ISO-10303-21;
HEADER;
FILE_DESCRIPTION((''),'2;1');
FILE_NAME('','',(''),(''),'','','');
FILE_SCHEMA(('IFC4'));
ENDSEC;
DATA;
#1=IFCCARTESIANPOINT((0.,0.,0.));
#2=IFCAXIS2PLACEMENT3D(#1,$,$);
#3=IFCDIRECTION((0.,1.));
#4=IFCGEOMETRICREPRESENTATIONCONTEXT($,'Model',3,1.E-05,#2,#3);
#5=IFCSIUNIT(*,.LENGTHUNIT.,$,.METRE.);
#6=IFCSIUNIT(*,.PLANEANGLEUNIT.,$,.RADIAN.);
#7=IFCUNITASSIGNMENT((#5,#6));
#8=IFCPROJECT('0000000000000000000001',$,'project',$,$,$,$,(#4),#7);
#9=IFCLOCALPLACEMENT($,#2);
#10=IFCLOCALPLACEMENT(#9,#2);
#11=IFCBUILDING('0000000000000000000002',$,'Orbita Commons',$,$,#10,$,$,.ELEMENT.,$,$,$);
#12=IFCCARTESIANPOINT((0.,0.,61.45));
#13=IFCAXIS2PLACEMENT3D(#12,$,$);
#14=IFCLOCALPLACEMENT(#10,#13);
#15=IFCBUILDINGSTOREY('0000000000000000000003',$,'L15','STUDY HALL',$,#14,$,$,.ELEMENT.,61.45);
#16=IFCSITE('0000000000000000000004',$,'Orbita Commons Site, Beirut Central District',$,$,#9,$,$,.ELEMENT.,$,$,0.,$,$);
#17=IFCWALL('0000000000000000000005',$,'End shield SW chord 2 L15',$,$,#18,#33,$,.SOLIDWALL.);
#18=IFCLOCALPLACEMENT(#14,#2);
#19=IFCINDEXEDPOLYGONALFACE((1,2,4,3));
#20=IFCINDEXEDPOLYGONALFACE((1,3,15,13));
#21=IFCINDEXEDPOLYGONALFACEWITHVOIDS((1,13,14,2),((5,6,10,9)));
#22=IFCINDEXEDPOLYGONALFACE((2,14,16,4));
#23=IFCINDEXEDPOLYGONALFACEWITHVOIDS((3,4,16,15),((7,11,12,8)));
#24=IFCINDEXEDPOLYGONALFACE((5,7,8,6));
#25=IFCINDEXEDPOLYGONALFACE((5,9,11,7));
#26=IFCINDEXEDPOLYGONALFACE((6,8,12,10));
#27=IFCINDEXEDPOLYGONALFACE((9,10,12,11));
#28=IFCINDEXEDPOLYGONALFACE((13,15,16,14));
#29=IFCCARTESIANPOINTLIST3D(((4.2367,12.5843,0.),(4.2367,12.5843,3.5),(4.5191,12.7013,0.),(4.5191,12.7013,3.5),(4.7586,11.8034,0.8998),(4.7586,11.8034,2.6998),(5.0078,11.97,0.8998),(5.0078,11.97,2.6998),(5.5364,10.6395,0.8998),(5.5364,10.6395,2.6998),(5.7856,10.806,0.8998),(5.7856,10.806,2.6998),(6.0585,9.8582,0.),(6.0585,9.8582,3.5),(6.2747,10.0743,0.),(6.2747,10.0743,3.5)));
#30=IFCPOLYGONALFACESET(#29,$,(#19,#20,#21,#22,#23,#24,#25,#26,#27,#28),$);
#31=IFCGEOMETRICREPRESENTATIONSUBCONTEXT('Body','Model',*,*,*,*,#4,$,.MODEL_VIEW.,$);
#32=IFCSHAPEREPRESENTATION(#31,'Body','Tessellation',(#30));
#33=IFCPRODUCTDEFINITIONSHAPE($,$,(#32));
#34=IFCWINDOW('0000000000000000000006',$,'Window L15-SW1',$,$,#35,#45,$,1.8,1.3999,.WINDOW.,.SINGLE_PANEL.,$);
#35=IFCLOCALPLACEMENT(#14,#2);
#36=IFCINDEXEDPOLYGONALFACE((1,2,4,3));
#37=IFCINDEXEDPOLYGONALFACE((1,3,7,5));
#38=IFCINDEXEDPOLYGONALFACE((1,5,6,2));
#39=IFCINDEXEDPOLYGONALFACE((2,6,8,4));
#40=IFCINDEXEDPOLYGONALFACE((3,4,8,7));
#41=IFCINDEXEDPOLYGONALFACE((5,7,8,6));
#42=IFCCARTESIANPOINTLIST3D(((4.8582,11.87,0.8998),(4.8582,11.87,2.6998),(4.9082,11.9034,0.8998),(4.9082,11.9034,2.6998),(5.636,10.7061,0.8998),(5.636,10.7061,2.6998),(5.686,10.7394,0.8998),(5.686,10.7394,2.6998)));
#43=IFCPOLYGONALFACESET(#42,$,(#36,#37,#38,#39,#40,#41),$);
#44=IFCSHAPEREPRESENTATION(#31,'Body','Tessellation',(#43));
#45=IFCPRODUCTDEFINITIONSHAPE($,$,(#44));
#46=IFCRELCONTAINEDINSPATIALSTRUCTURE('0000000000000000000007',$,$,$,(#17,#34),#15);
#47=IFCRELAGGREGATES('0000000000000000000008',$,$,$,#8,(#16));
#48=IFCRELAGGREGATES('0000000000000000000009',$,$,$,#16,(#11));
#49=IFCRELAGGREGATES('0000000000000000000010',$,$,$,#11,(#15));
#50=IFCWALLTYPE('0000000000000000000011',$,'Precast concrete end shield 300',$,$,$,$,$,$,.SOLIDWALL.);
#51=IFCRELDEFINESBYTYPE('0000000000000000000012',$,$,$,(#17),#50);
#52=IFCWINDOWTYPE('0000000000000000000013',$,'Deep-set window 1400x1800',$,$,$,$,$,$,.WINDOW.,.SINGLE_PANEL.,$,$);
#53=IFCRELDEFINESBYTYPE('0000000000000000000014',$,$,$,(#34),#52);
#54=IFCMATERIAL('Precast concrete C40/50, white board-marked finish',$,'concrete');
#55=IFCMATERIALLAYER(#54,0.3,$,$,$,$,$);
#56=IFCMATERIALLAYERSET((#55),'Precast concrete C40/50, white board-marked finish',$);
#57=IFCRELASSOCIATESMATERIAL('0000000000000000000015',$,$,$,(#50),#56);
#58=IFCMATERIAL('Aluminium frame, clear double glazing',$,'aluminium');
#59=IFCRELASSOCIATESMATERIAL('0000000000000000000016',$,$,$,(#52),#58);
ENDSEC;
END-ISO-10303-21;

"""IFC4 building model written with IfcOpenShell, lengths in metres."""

from ifc_helpers import new_model, si_unit, direction, frame, frame_2d, origin, place, context, subcontext, project, spatial, polyline, rectangle, outline, extrude, material, layer, layer_set, type_object, element, fill, save


model = new_model("IFC4")

# Units and contexts
model_context = context("Model", 3, precision=1e-05, world=origin(), true_north=direction((0.0, 1.0)))
body_context = subcontext(model_context, "Body", "Model", "MODEL_VIEW")
ifc_project = project(units=[si_unit("LENGTHUNIT", "METRE"), si_unit("PLANEANGLEUNIT", "RADIAN")], contexts=[model_context])

# Site, building, storey
site_placement = place(None, origin())
site = spatial("IfcSite", under=ifc_project, at=site_placement, Name="Orbita Commons Site, Beirut Central District", CompositionType="ELEMENT", RefElevation=0.0)
building_placement = place(site_placement, origin())
building = spatial("IfcBuilding", under=site, at=building_placement, Name="Orbita Commons", CompositionType="ELEMENT")
storey_placement = place(building_placement, frame((0.0, 0.0, 61.45)))
storey = spatial("IfcBuildingStorey", under=building, at=storey_placement, Name="L15", Description="STUDY HALL", CompositionType="ELEMENT", Elevation=61.45)

# Wall, opening, window
ifc_material_1 = material(Name="Precast concrete C40/50, white board-marked finish", Category="concrete")
ifc_layer_1 = layer(ifc_material_1, 0.3)
ifc_layer_set_1 = layer_set([ifc_layer_1], Name="Precast concrete C40/50, white board-marked finish")
wall_type_1 = type_object("IfcWallType", Name="Precast concrete end shield 300", PredefinedType="SOLIDWALL", material=ifc_layer_set_1)
ifc_material_2 = material(Name="Aluminium frame, clear double glazing", Category="aluminium")
window_type = type_object("IfcWindowType", Name="Deep-set window 1400x1800", PartitioningType="SINGLE_PANEL", PredefinedType="WINDOW", material=ifc_material_2)
wall_1_placement = place(storey_placement, frame((4.3779, 12.6428, 0.0), z_axis=(0.0, 0.0, 1.0), x_axis=(0.55561, -0.831443, 0.0)))
wall_1 = element("IfcWall", 1, at=wall_1_placement, inside=storey, type_object=wall_type_1, Name="End shield SW chord 2 L15", PredefinedType="SOLIDWALL", context=body_context, shape_type="SweptSolid", body=[
    extrude(outline(polyline([(-0.0298, -0.1499), (3.249, -0.1499), (3.1895, 0.1499), (0.0298, 0.1499), (-0.0298, -0.1499)])), origin(), (0.0, 0.0, 1.0), 3.5),
])
opening_1_placement = place(wall_1_placement, frame((0.9094, 0.0, 0.8999)))
opening_1 = element("IfcOpeningElement", 2, at=opening_1_placement, cuts=wall_1, PredefinedType="OPENING", context=body_context, shape_type="SweptSolid", body=[
    extrude(rectangle(XDim=1.3999, YDim=1.8, at=frame_2d((0.7, 0.8999))), frame((0.0, 0.1599, 0.0), z_axis=(0.0, -1.0, 0.0), x_axis=(1.0, 0.0, 0.0)), (0.0, 0.0, 1.0), 0.3201),
])
window_1_placement = place(opening_1_placement, origin())
window_1 = element("IfcWindow", 3, at=window_1_placement, inside=storey, type_object=window_type, Name="Window L15-SW1", OverallHeight=1.8, OverallWidth=1.3999, PartitioningType="SINGLE_PANEL", PredefinedType="WINDOW", context=body_context, shape_type="SweptSolid", body=[
    extrude(rectangle(XDim=1.3999, YDim=1.8, at=frame_2d((0.7, 0.8999))), frame((0.0, 0.03, 0.0), z_axis=(0.0, -1.0, 0.0), x_axis=(1.0, 0.0, 0.0)), (0.0, 0.0, 1.0), 0.0601),
])
fill(opening_1, window_1)

save(model, "model.ifc")
